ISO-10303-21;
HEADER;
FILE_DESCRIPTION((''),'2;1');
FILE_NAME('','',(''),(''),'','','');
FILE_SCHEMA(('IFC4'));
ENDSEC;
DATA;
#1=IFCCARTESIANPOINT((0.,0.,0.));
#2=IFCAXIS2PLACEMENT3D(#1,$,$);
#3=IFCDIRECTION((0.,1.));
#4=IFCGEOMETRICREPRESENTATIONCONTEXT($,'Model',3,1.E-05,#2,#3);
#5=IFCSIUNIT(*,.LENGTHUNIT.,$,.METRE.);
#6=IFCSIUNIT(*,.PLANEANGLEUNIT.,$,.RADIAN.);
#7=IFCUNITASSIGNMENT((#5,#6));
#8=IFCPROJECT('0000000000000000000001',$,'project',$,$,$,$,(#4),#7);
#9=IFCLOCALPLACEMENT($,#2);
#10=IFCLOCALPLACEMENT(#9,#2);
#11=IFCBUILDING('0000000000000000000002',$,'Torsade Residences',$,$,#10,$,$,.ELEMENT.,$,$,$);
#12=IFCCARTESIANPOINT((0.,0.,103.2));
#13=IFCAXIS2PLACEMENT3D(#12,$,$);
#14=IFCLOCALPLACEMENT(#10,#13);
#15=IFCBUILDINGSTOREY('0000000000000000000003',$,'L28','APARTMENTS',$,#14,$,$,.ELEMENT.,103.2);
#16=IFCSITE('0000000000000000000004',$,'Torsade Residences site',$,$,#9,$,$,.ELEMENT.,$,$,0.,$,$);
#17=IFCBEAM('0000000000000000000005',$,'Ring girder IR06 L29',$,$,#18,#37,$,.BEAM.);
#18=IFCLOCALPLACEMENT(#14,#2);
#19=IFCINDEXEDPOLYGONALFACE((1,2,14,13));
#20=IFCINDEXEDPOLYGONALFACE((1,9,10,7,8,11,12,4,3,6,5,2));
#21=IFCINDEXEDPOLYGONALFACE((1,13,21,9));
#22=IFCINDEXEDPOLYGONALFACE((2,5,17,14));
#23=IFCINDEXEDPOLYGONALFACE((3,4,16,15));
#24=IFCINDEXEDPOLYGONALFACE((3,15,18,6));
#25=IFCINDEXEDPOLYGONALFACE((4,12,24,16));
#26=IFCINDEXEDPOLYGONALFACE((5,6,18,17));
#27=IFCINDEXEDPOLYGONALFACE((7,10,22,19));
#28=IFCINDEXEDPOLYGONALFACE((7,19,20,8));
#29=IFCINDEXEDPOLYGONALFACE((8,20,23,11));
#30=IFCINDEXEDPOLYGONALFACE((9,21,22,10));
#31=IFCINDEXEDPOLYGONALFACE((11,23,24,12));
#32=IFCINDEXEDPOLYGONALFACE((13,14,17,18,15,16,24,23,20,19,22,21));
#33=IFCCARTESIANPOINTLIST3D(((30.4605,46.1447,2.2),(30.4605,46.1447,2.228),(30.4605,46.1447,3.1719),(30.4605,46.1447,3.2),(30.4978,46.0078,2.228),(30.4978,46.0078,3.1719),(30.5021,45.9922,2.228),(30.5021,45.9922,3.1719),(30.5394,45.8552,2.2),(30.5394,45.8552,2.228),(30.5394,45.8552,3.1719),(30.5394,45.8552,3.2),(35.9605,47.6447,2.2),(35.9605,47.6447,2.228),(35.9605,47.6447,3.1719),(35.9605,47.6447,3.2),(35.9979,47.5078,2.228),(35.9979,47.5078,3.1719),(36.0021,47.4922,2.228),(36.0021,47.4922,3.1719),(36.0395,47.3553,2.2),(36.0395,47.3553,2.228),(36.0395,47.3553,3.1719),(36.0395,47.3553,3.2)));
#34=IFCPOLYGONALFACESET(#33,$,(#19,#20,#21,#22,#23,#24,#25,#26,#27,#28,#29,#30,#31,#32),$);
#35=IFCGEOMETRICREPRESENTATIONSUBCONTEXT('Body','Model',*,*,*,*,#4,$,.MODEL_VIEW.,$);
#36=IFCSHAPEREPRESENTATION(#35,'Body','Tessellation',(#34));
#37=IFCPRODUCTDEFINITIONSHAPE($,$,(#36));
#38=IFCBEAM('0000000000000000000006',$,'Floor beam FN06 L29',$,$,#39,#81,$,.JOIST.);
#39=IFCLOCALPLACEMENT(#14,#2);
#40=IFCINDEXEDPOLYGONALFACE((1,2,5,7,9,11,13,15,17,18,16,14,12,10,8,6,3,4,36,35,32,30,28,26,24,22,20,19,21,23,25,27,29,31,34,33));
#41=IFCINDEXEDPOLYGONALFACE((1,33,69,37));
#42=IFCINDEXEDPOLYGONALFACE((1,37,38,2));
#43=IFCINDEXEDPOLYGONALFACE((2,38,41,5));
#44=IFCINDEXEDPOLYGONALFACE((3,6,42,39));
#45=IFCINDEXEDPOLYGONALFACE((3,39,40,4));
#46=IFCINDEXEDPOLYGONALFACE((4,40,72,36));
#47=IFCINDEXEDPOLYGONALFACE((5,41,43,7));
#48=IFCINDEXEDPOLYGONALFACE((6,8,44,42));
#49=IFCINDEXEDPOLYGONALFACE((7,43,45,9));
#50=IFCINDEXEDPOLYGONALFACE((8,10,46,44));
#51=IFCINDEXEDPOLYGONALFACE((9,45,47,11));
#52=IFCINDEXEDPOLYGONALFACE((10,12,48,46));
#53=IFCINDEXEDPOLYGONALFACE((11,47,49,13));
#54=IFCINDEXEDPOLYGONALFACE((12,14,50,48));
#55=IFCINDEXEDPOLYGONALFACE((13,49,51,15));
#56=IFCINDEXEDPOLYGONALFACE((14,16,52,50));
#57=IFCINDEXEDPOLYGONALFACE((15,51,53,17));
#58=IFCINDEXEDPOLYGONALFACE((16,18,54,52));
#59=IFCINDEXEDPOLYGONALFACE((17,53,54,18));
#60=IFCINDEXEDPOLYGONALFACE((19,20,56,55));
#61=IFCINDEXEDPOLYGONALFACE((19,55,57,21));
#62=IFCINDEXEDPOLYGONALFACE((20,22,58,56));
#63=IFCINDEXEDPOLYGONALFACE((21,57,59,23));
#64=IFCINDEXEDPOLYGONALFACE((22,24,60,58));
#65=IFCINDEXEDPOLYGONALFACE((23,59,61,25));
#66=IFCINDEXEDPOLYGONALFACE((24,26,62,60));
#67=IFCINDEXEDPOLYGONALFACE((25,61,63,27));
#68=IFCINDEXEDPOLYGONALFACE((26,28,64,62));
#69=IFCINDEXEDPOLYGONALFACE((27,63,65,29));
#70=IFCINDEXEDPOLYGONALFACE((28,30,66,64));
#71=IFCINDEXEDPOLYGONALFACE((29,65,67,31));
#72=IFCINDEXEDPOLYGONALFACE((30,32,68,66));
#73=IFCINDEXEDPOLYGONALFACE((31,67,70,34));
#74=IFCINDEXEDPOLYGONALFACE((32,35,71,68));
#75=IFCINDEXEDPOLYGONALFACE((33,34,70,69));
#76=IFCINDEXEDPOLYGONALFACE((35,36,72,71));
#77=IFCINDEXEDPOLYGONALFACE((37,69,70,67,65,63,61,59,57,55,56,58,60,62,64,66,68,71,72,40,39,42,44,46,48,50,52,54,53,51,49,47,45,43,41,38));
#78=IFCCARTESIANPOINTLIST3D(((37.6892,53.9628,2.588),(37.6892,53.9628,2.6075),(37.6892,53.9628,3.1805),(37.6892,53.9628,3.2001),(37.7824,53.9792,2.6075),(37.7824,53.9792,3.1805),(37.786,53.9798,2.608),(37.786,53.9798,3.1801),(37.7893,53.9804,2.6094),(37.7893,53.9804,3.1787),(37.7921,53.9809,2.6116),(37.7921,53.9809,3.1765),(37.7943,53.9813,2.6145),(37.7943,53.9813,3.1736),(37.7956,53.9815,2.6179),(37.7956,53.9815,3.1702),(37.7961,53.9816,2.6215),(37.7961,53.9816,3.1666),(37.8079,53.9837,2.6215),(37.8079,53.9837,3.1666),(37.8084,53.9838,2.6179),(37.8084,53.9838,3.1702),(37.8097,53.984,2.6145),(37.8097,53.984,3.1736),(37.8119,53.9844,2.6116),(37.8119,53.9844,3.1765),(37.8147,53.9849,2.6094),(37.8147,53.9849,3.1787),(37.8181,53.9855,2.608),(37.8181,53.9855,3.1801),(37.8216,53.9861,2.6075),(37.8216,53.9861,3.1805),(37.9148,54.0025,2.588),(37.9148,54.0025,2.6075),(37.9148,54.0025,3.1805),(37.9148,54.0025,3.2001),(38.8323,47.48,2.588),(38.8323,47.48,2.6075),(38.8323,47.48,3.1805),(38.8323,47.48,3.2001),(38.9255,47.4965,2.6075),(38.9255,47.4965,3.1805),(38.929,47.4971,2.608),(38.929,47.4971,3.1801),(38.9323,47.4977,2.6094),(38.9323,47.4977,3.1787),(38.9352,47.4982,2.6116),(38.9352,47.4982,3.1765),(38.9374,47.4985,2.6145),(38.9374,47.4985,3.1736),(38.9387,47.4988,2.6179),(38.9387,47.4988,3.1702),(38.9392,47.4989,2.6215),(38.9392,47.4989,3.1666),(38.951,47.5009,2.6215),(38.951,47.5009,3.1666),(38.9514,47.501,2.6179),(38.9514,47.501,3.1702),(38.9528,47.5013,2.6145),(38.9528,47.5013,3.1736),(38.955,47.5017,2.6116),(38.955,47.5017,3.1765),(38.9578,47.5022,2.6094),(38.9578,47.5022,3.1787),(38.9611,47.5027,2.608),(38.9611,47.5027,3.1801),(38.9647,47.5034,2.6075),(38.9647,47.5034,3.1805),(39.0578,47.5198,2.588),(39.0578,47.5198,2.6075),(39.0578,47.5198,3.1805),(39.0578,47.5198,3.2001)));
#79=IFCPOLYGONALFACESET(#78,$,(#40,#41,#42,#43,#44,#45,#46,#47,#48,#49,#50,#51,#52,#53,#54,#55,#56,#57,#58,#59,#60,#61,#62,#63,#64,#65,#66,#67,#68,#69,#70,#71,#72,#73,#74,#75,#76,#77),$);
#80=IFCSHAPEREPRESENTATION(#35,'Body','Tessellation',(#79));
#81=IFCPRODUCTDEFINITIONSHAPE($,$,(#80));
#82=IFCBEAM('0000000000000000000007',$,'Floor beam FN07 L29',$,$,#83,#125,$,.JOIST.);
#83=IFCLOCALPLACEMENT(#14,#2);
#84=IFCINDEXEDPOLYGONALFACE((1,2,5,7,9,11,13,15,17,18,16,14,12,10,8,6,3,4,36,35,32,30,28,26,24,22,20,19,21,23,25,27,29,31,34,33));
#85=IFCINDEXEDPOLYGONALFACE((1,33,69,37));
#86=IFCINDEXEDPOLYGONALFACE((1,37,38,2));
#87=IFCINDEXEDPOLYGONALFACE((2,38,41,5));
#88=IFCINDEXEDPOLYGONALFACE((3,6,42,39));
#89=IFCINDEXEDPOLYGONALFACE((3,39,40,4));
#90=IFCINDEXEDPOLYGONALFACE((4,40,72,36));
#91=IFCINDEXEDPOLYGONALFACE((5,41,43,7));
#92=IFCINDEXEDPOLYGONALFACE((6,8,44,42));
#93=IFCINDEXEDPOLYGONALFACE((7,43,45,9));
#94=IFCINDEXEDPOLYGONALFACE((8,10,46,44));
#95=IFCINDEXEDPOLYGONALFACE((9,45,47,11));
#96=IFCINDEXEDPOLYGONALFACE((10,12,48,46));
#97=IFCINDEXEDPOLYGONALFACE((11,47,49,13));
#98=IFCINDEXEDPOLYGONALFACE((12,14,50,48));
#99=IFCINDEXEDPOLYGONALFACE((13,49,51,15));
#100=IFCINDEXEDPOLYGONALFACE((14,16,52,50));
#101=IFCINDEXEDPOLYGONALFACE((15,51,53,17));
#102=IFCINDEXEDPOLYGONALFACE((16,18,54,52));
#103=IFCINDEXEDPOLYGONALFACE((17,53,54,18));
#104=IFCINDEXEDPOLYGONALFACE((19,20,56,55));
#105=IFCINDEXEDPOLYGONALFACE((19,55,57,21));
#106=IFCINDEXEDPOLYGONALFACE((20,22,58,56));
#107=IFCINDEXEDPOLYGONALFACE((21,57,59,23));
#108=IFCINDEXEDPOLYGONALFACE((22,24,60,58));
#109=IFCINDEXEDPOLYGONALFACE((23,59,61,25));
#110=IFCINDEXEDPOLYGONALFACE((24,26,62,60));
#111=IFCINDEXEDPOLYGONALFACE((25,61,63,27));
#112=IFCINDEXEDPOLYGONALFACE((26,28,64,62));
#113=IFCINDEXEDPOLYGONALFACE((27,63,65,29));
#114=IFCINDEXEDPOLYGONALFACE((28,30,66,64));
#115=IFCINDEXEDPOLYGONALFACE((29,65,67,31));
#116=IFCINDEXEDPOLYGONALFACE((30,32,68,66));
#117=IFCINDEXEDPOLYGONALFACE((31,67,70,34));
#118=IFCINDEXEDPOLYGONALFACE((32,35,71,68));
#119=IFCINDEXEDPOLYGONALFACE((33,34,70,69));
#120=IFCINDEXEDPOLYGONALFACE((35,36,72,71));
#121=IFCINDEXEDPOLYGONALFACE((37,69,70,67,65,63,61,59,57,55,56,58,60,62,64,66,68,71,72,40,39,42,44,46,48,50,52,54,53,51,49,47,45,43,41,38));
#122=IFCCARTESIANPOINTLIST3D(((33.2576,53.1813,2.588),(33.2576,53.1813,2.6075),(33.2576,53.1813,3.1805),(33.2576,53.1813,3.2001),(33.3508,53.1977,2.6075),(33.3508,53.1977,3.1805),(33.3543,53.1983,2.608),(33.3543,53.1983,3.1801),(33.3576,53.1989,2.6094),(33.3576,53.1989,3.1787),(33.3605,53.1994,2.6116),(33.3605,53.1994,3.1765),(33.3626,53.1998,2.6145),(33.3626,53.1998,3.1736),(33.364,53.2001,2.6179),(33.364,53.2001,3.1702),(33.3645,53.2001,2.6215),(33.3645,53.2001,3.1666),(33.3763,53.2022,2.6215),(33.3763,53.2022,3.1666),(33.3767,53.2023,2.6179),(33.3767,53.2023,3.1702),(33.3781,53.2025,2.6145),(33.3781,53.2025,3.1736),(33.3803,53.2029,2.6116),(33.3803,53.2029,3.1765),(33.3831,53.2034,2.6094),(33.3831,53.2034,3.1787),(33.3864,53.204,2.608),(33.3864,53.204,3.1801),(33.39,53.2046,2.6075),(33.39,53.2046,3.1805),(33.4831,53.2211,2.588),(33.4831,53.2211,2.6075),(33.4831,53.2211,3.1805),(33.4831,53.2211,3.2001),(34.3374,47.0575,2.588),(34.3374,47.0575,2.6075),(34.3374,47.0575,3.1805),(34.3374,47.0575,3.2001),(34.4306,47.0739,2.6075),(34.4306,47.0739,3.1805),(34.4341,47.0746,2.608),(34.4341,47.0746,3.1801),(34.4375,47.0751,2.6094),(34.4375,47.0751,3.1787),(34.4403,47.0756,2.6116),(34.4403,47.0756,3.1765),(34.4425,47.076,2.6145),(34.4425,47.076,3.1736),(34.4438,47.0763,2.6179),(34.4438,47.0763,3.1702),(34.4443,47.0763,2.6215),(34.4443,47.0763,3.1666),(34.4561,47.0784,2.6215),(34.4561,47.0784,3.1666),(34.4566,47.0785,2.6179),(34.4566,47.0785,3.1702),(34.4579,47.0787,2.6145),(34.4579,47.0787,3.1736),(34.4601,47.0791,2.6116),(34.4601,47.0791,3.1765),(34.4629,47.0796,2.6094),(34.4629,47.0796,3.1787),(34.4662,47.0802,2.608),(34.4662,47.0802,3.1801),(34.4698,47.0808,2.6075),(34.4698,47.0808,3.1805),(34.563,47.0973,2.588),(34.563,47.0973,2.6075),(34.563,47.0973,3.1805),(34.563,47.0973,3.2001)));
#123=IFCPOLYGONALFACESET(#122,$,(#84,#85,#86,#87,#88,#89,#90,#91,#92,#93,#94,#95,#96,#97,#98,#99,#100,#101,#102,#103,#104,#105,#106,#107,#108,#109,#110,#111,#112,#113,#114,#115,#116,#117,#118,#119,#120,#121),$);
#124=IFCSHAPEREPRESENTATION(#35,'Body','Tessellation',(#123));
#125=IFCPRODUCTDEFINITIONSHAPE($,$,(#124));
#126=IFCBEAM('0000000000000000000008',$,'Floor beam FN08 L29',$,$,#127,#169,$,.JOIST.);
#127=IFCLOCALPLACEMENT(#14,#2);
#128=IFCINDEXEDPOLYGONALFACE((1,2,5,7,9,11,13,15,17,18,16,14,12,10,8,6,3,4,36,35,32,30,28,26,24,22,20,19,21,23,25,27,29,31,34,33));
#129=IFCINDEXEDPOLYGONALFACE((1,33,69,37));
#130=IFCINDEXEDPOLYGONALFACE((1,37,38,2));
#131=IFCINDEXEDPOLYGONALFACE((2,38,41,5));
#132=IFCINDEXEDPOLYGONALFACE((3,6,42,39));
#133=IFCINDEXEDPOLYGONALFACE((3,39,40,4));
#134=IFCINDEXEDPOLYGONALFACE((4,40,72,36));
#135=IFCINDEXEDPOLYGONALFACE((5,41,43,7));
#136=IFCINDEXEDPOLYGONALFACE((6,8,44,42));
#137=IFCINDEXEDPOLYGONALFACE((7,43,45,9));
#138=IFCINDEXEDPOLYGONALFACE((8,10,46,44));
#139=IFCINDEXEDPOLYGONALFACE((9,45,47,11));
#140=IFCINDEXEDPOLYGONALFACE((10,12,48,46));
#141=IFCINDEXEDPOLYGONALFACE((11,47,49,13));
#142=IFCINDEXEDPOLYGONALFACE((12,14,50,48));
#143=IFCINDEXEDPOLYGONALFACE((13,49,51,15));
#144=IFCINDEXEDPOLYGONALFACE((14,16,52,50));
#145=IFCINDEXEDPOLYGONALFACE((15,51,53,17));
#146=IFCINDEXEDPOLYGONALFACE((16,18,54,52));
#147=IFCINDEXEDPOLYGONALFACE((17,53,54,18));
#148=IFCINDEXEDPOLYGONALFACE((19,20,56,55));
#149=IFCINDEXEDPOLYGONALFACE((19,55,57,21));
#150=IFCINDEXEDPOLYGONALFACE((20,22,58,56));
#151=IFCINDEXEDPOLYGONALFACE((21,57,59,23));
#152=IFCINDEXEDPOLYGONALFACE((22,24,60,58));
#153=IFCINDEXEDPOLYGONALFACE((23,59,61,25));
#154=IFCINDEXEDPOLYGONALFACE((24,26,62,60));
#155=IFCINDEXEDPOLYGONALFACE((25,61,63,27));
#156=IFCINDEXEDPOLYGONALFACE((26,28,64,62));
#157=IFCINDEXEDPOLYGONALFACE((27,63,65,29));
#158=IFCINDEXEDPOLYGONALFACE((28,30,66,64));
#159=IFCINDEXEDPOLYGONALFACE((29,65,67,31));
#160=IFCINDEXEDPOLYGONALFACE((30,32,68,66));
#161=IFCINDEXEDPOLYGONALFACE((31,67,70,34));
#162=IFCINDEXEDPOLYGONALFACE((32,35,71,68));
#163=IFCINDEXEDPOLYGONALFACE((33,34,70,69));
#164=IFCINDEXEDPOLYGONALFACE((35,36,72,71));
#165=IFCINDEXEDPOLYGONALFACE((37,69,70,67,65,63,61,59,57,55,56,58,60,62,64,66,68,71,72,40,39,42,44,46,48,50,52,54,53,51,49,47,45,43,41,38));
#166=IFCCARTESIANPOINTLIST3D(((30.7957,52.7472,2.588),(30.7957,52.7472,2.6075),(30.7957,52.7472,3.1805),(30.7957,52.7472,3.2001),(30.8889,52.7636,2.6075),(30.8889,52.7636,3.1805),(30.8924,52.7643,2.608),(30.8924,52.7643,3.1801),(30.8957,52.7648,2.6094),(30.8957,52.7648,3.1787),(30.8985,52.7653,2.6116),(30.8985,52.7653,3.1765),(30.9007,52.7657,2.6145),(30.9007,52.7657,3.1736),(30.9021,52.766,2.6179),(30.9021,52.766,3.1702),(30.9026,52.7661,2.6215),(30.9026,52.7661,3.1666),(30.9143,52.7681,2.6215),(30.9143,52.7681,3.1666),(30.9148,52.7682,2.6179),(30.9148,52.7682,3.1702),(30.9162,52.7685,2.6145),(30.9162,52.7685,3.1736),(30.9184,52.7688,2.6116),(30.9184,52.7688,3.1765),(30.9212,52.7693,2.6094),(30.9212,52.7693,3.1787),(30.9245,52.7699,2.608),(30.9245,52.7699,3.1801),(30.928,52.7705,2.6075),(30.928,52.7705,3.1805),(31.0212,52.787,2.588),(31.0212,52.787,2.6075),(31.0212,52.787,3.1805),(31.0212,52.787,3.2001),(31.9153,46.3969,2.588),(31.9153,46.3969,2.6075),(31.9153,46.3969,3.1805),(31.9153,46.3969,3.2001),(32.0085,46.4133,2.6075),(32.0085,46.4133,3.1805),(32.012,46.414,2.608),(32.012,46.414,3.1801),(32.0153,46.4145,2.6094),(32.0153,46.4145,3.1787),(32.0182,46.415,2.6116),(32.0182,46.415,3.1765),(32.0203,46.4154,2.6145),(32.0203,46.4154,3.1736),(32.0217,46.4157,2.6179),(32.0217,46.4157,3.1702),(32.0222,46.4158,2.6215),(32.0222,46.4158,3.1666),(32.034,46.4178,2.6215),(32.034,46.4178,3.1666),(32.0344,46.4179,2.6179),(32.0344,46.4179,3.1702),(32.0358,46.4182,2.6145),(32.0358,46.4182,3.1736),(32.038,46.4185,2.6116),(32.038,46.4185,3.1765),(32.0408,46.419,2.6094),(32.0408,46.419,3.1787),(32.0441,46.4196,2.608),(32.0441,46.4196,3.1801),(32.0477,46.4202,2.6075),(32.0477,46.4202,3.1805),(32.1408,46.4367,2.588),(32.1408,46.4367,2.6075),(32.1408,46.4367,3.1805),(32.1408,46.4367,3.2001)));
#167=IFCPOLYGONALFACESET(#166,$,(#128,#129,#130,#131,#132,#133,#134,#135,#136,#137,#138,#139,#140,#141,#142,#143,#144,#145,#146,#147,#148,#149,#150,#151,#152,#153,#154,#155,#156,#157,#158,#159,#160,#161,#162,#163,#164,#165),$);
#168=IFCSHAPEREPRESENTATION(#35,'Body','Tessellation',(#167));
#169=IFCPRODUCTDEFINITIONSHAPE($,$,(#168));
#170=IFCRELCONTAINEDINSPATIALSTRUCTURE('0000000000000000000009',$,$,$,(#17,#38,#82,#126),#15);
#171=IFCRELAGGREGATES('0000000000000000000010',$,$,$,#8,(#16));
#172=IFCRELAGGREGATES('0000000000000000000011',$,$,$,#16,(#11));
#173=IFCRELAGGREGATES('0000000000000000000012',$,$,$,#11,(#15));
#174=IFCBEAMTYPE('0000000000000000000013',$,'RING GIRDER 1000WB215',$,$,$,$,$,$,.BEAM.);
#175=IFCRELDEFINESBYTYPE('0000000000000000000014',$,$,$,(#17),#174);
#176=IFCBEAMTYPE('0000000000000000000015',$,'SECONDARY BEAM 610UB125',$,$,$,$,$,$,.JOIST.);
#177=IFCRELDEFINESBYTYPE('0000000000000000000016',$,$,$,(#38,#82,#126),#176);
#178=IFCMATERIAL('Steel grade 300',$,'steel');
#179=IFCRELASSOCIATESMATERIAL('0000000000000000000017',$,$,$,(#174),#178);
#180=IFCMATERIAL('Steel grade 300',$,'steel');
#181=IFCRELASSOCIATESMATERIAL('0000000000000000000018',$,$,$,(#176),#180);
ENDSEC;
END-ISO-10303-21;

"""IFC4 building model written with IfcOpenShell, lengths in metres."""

from ifc_helpers import new_model, si_unit, direction, frame, origin, origin_2d, place, context, subcontext, project, spatial, i_section, extrude, material, material_profile, profile_set, type_object, element, save


model = new_model("IFC4")

# Units and contexts
model_context = context("Model", 3, precision=1e-05, world=origin(), true_north=direction((0.0, 1.0)))
body_context = subcontext(model_context, "Body", "Model", "MODEL_VIEW")
ifc_project = project(units=[si_unit("LENGTHUNIT", "METRE"), si_unit("PLANEANGLEUNIT", "RADIAN")], contexts=[model_context])

# Site, building, storey
site_placement = place(None, origin())
site = spatial("IfcSite", under=ifc_project, at=site_placement, Name="Torsade Residences site", CompositionType="ELEMENT", RefElevation=0.0)
building_placement = place(site_placement, origin())
building = spatial("IfcBuilding", under=site, at=building_placement, Name="Torsade Residences", CompositionType="ELEMENT")
storey_placement = place(building_placement, frame((0.0, 0.0, 103.2)))
storey = spatial("IfcBuildingStorey", under=building, at=storey_placement, Name="L28", Description="APARTMENTS", CompositionType="ELEMENT", Elevation=103.2)

# Beams
ifc_material_1 = material(Name="Steel grade 300", Category="steel")
ifc_material_profile_1 = material_profile(ifc_material_1, i_section(OverallWidth=0.3, OverallDepth=1.0, WebThickness=0.0161, FlangeThickness=0.0281, at=origin_2d()), Name="1000WB215")
ifc_profile_set_1 = profile_set([ifc_material_profile_1], Name="Steel grade 300")
beam_type_1 = type_object("IfcBeamType", Name="RING GIRDER 1000WB215", PredefinedType="BEAM", material=ifc_profile_set_1)
beam_1_placement = place(storey_placement, frame((36.0, 47.5, 2.7), z_axis=(-0.964764, -0.263117, 0.0), x_axis=(0.263117, -0.964764, 0.0)))
element("IfcBeam", 1, at=beam_1_placement, inside=storey, type_object=beam_type_1, Name="Ring girder IR06 L29", PredefinedType="BEAM", context=body_context, shape_type="SweptSolid", body=[
    extrude(i_section(OverallWidth=0.3, OverallDepth=1.0, WebThickness=0.0161, FlangeThickness=0.0281, at=origin_2d()), origin(), (0.0, 0.0, 1.0), 5.7009),
])
ifc_material_2 = material(Name="Steel grade 300", Category="steel")
ifc_material_profile_2 = material_profile(ifc_material_2, i_section(OverallWidth=0.229, OverallDepth=0.6121, WebThickness=0.012, FlangeThickness=0.0195, FilletRadius=0.0139, at=origin_2d()), Name="610UB125")
ifc_profile_set_2 = profile_set([ifc_material_profile_2], Name="Steel grade 300")
beam_type_2 = type_object("IfcBeamType", Name="SECONDARY BEAM 610UB125", PredefinedType="JOIST", material=ifc_profile_set_2)
beam_2_placement = place(storey_placement, frame((37.802, 53.9827, 2.894), z_axis=(0.173648, -0.984808, 0.0), x_axis=(0.984808, 0.173648, 0.0)))
element("IfcBeam", 2, at=beam_2_placement, inside=storey, type_object=beam_type_2, Name="Floor beam FN06 L29", PredefinedType="JOIST", context=body_context, shape_type="SweptSolid", body=[
    extrude(i_section(OverallWidth=0.229, OverallDepth=0.6121, WebThickness=0.012, FlangeThickness=0.0195, FilletRadius=0.0139, at=origin_2d()), origin(), (0.0, 0.0, 1.0), 6.5828),
])
beam_3_placement = place(storey_placement, frame((33.3704, 53.2012, 2.894), z_axis=(0.173655, -0.984806, 0.0), x_axis=(0.984806, 0.173655, 0.0)))
element("IfcBeam", 3, at=beam_3_placement, inside=storey, type_object=beam_type_2, Name="Floor beam FN07 L29", PredefinedType="JOIST", context=body_context, shape_type="SweptSolid", body=[
    extrude(i_section(OverallWidth=0.229, OverallDepth=0.6121, WebThickness=0.012, FlangeThickness=0.0195, FilletRadius=0.0139, at=origin_2d()), origin(), (0.0, 0.0, 1.0), 6.2183),
])
beam_4_placement = place(storey_placement, frame((30.9084, 52.7671, 2.894), z_axis=(0.173632, -0.984811, 0.0), x_axis=(0.984811, 0.173632, 0.0)))
element("IfcBeam", 4, at=beam_4_placement, inside=storey, type_object=beam_type_2, Name="Floor beam FN08 L29", PredefinedType="JOIST", context=body_context, shape_type="SweptSolid", body=[
    extrude(i_section(OverallWidth=0.229, OverallDepth=0.6121, WebThickness=0.012, FlangeThickness=0.0195, FilletRadius=0.0139, at=origin_2d()), origin(), (0.0, 0.0, 1.0), 6.4482),
])

save(model, "model.ifc")
